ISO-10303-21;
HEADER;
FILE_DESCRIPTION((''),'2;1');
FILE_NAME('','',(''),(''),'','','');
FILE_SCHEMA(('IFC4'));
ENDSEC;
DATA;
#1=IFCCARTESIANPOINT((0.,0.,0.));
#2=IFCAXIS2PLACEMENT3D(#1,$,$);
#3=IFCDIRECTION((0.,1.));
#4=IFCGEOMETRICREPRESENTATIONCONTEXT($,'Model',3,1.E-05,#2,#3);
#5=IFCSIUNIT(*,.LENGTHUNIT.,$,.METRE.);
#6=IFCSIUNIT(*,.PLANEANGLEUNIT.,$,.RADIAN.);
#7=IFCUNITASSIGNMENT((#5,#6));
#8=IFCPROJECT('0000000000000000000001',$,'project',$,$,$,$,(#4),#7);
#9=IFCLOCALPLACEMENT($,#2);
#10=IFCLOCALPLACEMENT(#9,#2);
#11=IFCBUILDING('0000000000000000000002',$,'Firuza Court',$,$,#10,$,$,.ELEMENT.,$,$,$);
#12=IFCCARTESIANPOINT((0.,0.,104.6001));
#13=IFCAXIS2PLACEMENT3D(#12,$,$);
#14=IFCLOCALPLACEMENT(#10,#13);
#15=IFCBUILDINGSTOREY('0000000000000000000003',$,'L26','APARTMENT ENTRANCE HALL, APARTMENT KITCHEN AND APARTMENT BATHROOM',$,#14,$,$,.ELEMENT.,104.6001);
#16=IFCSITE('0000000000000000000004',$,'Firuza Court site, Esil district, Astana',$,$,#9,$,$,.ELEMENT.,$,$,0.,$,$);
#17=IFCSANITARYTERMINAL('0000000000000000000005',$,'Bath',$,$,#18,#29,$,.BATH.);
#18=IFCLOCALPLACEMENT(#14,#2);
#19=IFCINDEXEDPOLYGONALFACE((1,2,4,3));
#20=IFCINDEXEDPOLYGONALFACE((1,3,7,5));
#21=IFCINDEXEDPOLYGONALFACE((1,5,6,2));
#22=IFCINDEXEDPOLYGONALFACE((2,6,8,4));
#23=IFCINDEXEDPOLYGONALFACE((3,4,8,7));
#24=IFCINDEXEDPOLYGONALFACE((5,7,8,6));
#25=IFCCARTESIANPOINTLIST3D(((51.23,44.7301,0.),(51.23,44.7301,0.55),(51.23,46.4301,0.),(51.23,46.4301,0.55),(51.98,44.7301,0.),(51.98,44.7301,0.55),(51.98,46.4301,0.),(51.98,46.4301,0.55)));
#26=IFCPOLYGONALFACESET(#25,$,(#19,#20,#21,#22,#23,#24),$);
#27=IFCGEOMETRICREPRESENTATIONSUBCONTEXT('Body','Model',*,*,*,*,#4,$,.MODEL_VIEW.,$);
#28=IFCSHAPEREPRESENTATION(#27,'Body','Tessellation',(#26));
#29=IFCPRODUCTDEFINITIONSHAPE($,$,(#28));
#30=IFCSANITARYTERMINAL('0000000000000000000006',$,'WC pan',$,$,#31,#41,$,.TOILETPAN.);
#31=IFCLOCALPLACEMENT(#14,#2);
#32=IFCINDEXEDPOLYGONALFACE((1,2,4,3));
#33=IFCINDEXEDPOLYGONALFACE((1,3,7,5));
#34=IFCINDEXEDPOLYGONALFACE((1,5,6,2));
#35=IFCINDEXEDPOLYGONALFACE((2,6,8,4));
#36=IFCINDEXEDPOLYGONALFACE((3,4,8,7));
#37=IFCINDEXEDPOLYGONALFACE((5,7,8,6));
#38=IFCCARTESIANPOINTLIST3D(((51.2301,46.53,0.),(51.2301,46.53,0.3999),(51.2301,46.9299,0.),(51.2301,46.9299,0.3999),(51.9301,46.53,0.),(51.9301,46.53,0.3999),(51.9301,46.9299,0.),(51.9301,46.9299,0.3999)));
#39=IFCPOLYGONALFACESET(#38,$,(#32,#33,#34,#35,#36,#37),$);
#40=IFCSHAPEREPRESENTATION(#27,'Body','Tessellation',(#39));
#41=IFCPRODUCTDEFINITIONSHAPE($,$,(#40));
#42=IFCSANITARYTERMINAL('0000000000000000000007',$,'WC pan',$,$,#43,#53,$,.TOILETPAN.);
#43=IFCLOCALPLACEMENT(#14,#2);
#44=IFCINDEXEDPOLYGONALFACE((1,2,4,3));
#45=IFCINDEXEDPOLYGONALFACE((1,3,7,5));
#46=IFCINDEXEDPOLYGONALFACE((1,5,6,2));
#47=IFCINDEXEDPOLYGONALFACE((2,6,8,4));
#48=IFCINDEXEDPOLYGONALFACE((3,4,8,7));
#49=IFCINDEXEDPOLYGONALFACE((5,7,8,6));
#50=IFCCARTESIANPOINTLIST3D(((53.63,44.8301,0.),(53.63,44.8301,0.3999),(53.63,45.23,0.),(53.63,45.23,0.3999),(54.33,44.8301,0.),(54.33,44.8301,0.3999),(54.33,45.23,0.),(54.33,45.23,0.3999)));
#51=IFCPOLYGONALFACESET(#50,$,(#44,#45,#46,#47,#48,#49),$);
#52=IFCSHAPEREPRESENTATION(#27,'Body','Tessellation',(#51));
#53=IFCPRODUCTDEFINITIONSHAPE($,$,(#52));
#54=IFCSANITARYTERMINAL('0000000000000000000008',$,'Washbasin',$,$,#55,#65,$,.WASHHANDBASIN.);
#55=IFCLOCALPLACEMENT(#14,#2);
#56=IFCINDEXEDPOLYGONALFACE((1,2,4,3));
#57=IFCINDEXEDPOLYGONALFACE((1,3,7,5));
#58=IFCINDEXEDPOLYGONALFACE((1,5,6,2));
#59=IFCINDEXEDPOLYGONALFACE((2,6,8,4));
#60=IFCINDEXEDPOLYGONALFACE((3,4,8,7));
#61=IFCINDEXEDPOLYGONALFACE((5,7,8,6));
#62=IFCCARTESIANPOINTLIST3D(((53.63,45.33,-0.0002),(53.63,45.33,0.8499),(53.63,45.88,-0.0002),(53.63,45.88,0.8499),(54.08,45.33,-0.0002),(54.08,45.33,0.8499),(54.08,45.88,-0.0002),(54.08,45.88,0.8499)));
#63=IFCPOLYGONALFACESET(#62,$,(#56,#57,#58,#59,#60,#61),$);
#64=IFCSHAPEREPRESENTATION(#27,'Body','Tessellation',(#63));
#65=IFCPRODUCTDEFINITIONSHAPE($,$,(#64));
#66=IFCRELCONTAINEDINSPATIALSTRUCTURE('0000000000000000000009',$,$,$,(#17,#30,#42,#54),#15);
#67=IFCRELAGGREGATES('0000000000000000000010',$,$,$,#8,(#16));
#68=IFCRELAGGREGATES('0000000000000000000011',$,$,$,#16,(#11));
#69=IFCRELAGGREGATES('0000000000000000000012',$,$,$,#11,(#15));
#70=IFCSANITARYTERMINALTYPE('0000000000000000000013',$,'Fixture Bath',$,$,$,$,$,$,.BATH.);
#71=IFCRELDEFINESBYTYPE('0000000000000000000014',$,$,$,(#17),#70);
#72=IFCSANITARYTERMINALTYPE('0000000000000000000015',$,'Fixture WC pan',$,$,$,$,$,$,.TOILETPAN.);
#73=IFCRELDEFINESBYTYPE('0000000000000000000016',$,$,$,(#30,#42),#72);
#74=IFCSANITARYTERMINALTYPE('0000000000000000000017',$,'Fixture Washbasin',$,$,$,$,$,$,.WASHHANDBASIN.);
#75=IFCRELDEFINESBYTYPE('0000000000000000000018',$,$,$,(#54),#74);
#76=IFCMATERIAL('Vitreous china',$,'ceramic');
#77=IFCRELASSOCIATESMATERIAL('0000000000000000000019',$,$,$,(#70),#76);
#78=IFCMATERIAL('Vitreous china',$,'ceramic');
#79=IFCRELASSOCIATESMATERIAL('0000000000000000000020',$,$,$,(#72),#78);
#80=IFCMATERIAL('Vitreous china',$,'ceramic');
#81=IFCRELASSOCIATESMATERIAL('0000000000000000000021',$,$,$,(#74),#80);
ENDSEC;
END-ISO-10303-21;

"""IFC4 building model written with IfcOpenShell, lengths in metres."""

from ifc_helpers import new_model, si_unit, direction, frame, origin, origin_2d, place, context, subcontext, project, spatial, rectangle, extrude, material, type_object, element, save


model = new_model("IFC4")

# Units and contexts
model_context = context("Model", 3, precision=1e-05, world=origin(), true_north=direction((0.0, 1.0)))
body_context = subcontext(model_context, "Body", "Model", "MODEL_VIEW")
ifc_project = project(units=[si_unit("LENGTHUNIT", "METRE"), si_unit("PLANEANGLEUNIT", "RADIAN")], contexts=[model_context])

# Site, building, storey
site_placement = place(None, origin())
site = spatial("IfcSite", under=ifc_project, at=site_placement, Name="Firuza Court site, Esil district, Astana", CompositionType="ELEMENT", RefElevation=0.0)
building_placement = place(site_placement, origin())
building = spatial("IfcBuilding", under=site, at=building_placement, Name="Firuza Court", CompositionType="ELEMENT")
storey_placement = place(building_placement, frame((0.0, 0.0, 104.6001)))
storey = spatial("IfcBuildingStorey", under=building, at=storey_placement, Name="L26", Description="APARTMENT ENTRANCE HALL, APARTMENT KITCHEN AND APARTMENT BATHROOM", CompositionType="ELEMENT", Elevation=104.6001)

# Sanitary terminals
ifc_material_1 = material(Name="Vitreous china", Category="ceramic")
sanitary_terminal_type_1 = type_object("IfcSanitaryTerminalType", Name="Fixture Bath", PredefinedType="BATH", material=ifc_material_1)
sanitary_terminal_1_placement = place(storey_placement, frame((51.605, 45.5801, 0.0), z_axis=(0.0, 0.0, 1.0), x_axis=(1.0, 0.0, 0.0)))
element("IfcSanitaryTerminal", 1, at=sanitary_terminal_1_placement, inside=storey, type_object=sanitary_terminal_type_1, Name="Bath", PredefinedType="BATH", context=body_context, shape_type="SweptSolid", body=[
    extrude(rectangle(XDim=0.75, YDim=1.7, at=origin_2d()), origin(), (0.0, 0.0, 1.0), 0.55),
])
ifc_material_2 = material(Name="Vitreous china", Category="ceramic")
sanitary_terminal_type_2 = type_object("IfcSanitaryTerminalType", Name="Fixture WC pan", PredefinedType="TOILETPAN", material=ifc_material_2)
for number, where, z_axis, x_axis, name in (
    (2, (51.5801, 46.73, 0.0), (0.0, 0.0, 1.0), (1.0, 0.0, 0.0), "WC pan"),
    (3, (53.98, 45.03, 0.0), (0.0, 0.0, 1.0), (1.0, 0.0, 0.0), "WC pan"),
):
    element("IfcSanitaryTerminal", number, at=place(storey_placement, frame(where, z_axis=z_axis, x_axis=x_axis)), inside=storey, type_object=sanitary_terminal_type_2, Name=name, PredefinedType="TOILETPAN", context=body_context, shape_type="SweptSolid", body=[
        extrude(rectangle(XDim=0.7, YDim=0.3999, at=origin_2d()), origin(), (0.0, 0.0, 1.0), 0.3999),
    ])
ifc_material_3 = material(Name="Vitreous china", Category="ceramic")
sanitary_terminal_type_3 = type_object("IfcSanitaryTerminalType", Name="Fixture Washbasin", PredefinedType="WASHHANDBASIN", material=ifc_material_3)
sanitary_terminal_2_placement = place(storey_placement, frame((53.855, 45.605, -0.0002), z_axis=(0.0, 0.0, 1.0), x_axis=(1.0, 0.0, 0.0)))
element("IfcSanitaryTerminal", 4, at=sanitary_terminal_2_placement, inside=storey, type_object=sanitary_terminal_type_3, Name="Washbasin", PredefinedType="WASHHANDBASIN", context=body_context, shape_type="SweptSolid", body=[
    extrude(rectangle(XDim=0.45, YDim=0.55, at=origin_2d()), origin(), (0.0, 0.0, 1.0), 0.8501),
])

save(model, "model.ifc")
